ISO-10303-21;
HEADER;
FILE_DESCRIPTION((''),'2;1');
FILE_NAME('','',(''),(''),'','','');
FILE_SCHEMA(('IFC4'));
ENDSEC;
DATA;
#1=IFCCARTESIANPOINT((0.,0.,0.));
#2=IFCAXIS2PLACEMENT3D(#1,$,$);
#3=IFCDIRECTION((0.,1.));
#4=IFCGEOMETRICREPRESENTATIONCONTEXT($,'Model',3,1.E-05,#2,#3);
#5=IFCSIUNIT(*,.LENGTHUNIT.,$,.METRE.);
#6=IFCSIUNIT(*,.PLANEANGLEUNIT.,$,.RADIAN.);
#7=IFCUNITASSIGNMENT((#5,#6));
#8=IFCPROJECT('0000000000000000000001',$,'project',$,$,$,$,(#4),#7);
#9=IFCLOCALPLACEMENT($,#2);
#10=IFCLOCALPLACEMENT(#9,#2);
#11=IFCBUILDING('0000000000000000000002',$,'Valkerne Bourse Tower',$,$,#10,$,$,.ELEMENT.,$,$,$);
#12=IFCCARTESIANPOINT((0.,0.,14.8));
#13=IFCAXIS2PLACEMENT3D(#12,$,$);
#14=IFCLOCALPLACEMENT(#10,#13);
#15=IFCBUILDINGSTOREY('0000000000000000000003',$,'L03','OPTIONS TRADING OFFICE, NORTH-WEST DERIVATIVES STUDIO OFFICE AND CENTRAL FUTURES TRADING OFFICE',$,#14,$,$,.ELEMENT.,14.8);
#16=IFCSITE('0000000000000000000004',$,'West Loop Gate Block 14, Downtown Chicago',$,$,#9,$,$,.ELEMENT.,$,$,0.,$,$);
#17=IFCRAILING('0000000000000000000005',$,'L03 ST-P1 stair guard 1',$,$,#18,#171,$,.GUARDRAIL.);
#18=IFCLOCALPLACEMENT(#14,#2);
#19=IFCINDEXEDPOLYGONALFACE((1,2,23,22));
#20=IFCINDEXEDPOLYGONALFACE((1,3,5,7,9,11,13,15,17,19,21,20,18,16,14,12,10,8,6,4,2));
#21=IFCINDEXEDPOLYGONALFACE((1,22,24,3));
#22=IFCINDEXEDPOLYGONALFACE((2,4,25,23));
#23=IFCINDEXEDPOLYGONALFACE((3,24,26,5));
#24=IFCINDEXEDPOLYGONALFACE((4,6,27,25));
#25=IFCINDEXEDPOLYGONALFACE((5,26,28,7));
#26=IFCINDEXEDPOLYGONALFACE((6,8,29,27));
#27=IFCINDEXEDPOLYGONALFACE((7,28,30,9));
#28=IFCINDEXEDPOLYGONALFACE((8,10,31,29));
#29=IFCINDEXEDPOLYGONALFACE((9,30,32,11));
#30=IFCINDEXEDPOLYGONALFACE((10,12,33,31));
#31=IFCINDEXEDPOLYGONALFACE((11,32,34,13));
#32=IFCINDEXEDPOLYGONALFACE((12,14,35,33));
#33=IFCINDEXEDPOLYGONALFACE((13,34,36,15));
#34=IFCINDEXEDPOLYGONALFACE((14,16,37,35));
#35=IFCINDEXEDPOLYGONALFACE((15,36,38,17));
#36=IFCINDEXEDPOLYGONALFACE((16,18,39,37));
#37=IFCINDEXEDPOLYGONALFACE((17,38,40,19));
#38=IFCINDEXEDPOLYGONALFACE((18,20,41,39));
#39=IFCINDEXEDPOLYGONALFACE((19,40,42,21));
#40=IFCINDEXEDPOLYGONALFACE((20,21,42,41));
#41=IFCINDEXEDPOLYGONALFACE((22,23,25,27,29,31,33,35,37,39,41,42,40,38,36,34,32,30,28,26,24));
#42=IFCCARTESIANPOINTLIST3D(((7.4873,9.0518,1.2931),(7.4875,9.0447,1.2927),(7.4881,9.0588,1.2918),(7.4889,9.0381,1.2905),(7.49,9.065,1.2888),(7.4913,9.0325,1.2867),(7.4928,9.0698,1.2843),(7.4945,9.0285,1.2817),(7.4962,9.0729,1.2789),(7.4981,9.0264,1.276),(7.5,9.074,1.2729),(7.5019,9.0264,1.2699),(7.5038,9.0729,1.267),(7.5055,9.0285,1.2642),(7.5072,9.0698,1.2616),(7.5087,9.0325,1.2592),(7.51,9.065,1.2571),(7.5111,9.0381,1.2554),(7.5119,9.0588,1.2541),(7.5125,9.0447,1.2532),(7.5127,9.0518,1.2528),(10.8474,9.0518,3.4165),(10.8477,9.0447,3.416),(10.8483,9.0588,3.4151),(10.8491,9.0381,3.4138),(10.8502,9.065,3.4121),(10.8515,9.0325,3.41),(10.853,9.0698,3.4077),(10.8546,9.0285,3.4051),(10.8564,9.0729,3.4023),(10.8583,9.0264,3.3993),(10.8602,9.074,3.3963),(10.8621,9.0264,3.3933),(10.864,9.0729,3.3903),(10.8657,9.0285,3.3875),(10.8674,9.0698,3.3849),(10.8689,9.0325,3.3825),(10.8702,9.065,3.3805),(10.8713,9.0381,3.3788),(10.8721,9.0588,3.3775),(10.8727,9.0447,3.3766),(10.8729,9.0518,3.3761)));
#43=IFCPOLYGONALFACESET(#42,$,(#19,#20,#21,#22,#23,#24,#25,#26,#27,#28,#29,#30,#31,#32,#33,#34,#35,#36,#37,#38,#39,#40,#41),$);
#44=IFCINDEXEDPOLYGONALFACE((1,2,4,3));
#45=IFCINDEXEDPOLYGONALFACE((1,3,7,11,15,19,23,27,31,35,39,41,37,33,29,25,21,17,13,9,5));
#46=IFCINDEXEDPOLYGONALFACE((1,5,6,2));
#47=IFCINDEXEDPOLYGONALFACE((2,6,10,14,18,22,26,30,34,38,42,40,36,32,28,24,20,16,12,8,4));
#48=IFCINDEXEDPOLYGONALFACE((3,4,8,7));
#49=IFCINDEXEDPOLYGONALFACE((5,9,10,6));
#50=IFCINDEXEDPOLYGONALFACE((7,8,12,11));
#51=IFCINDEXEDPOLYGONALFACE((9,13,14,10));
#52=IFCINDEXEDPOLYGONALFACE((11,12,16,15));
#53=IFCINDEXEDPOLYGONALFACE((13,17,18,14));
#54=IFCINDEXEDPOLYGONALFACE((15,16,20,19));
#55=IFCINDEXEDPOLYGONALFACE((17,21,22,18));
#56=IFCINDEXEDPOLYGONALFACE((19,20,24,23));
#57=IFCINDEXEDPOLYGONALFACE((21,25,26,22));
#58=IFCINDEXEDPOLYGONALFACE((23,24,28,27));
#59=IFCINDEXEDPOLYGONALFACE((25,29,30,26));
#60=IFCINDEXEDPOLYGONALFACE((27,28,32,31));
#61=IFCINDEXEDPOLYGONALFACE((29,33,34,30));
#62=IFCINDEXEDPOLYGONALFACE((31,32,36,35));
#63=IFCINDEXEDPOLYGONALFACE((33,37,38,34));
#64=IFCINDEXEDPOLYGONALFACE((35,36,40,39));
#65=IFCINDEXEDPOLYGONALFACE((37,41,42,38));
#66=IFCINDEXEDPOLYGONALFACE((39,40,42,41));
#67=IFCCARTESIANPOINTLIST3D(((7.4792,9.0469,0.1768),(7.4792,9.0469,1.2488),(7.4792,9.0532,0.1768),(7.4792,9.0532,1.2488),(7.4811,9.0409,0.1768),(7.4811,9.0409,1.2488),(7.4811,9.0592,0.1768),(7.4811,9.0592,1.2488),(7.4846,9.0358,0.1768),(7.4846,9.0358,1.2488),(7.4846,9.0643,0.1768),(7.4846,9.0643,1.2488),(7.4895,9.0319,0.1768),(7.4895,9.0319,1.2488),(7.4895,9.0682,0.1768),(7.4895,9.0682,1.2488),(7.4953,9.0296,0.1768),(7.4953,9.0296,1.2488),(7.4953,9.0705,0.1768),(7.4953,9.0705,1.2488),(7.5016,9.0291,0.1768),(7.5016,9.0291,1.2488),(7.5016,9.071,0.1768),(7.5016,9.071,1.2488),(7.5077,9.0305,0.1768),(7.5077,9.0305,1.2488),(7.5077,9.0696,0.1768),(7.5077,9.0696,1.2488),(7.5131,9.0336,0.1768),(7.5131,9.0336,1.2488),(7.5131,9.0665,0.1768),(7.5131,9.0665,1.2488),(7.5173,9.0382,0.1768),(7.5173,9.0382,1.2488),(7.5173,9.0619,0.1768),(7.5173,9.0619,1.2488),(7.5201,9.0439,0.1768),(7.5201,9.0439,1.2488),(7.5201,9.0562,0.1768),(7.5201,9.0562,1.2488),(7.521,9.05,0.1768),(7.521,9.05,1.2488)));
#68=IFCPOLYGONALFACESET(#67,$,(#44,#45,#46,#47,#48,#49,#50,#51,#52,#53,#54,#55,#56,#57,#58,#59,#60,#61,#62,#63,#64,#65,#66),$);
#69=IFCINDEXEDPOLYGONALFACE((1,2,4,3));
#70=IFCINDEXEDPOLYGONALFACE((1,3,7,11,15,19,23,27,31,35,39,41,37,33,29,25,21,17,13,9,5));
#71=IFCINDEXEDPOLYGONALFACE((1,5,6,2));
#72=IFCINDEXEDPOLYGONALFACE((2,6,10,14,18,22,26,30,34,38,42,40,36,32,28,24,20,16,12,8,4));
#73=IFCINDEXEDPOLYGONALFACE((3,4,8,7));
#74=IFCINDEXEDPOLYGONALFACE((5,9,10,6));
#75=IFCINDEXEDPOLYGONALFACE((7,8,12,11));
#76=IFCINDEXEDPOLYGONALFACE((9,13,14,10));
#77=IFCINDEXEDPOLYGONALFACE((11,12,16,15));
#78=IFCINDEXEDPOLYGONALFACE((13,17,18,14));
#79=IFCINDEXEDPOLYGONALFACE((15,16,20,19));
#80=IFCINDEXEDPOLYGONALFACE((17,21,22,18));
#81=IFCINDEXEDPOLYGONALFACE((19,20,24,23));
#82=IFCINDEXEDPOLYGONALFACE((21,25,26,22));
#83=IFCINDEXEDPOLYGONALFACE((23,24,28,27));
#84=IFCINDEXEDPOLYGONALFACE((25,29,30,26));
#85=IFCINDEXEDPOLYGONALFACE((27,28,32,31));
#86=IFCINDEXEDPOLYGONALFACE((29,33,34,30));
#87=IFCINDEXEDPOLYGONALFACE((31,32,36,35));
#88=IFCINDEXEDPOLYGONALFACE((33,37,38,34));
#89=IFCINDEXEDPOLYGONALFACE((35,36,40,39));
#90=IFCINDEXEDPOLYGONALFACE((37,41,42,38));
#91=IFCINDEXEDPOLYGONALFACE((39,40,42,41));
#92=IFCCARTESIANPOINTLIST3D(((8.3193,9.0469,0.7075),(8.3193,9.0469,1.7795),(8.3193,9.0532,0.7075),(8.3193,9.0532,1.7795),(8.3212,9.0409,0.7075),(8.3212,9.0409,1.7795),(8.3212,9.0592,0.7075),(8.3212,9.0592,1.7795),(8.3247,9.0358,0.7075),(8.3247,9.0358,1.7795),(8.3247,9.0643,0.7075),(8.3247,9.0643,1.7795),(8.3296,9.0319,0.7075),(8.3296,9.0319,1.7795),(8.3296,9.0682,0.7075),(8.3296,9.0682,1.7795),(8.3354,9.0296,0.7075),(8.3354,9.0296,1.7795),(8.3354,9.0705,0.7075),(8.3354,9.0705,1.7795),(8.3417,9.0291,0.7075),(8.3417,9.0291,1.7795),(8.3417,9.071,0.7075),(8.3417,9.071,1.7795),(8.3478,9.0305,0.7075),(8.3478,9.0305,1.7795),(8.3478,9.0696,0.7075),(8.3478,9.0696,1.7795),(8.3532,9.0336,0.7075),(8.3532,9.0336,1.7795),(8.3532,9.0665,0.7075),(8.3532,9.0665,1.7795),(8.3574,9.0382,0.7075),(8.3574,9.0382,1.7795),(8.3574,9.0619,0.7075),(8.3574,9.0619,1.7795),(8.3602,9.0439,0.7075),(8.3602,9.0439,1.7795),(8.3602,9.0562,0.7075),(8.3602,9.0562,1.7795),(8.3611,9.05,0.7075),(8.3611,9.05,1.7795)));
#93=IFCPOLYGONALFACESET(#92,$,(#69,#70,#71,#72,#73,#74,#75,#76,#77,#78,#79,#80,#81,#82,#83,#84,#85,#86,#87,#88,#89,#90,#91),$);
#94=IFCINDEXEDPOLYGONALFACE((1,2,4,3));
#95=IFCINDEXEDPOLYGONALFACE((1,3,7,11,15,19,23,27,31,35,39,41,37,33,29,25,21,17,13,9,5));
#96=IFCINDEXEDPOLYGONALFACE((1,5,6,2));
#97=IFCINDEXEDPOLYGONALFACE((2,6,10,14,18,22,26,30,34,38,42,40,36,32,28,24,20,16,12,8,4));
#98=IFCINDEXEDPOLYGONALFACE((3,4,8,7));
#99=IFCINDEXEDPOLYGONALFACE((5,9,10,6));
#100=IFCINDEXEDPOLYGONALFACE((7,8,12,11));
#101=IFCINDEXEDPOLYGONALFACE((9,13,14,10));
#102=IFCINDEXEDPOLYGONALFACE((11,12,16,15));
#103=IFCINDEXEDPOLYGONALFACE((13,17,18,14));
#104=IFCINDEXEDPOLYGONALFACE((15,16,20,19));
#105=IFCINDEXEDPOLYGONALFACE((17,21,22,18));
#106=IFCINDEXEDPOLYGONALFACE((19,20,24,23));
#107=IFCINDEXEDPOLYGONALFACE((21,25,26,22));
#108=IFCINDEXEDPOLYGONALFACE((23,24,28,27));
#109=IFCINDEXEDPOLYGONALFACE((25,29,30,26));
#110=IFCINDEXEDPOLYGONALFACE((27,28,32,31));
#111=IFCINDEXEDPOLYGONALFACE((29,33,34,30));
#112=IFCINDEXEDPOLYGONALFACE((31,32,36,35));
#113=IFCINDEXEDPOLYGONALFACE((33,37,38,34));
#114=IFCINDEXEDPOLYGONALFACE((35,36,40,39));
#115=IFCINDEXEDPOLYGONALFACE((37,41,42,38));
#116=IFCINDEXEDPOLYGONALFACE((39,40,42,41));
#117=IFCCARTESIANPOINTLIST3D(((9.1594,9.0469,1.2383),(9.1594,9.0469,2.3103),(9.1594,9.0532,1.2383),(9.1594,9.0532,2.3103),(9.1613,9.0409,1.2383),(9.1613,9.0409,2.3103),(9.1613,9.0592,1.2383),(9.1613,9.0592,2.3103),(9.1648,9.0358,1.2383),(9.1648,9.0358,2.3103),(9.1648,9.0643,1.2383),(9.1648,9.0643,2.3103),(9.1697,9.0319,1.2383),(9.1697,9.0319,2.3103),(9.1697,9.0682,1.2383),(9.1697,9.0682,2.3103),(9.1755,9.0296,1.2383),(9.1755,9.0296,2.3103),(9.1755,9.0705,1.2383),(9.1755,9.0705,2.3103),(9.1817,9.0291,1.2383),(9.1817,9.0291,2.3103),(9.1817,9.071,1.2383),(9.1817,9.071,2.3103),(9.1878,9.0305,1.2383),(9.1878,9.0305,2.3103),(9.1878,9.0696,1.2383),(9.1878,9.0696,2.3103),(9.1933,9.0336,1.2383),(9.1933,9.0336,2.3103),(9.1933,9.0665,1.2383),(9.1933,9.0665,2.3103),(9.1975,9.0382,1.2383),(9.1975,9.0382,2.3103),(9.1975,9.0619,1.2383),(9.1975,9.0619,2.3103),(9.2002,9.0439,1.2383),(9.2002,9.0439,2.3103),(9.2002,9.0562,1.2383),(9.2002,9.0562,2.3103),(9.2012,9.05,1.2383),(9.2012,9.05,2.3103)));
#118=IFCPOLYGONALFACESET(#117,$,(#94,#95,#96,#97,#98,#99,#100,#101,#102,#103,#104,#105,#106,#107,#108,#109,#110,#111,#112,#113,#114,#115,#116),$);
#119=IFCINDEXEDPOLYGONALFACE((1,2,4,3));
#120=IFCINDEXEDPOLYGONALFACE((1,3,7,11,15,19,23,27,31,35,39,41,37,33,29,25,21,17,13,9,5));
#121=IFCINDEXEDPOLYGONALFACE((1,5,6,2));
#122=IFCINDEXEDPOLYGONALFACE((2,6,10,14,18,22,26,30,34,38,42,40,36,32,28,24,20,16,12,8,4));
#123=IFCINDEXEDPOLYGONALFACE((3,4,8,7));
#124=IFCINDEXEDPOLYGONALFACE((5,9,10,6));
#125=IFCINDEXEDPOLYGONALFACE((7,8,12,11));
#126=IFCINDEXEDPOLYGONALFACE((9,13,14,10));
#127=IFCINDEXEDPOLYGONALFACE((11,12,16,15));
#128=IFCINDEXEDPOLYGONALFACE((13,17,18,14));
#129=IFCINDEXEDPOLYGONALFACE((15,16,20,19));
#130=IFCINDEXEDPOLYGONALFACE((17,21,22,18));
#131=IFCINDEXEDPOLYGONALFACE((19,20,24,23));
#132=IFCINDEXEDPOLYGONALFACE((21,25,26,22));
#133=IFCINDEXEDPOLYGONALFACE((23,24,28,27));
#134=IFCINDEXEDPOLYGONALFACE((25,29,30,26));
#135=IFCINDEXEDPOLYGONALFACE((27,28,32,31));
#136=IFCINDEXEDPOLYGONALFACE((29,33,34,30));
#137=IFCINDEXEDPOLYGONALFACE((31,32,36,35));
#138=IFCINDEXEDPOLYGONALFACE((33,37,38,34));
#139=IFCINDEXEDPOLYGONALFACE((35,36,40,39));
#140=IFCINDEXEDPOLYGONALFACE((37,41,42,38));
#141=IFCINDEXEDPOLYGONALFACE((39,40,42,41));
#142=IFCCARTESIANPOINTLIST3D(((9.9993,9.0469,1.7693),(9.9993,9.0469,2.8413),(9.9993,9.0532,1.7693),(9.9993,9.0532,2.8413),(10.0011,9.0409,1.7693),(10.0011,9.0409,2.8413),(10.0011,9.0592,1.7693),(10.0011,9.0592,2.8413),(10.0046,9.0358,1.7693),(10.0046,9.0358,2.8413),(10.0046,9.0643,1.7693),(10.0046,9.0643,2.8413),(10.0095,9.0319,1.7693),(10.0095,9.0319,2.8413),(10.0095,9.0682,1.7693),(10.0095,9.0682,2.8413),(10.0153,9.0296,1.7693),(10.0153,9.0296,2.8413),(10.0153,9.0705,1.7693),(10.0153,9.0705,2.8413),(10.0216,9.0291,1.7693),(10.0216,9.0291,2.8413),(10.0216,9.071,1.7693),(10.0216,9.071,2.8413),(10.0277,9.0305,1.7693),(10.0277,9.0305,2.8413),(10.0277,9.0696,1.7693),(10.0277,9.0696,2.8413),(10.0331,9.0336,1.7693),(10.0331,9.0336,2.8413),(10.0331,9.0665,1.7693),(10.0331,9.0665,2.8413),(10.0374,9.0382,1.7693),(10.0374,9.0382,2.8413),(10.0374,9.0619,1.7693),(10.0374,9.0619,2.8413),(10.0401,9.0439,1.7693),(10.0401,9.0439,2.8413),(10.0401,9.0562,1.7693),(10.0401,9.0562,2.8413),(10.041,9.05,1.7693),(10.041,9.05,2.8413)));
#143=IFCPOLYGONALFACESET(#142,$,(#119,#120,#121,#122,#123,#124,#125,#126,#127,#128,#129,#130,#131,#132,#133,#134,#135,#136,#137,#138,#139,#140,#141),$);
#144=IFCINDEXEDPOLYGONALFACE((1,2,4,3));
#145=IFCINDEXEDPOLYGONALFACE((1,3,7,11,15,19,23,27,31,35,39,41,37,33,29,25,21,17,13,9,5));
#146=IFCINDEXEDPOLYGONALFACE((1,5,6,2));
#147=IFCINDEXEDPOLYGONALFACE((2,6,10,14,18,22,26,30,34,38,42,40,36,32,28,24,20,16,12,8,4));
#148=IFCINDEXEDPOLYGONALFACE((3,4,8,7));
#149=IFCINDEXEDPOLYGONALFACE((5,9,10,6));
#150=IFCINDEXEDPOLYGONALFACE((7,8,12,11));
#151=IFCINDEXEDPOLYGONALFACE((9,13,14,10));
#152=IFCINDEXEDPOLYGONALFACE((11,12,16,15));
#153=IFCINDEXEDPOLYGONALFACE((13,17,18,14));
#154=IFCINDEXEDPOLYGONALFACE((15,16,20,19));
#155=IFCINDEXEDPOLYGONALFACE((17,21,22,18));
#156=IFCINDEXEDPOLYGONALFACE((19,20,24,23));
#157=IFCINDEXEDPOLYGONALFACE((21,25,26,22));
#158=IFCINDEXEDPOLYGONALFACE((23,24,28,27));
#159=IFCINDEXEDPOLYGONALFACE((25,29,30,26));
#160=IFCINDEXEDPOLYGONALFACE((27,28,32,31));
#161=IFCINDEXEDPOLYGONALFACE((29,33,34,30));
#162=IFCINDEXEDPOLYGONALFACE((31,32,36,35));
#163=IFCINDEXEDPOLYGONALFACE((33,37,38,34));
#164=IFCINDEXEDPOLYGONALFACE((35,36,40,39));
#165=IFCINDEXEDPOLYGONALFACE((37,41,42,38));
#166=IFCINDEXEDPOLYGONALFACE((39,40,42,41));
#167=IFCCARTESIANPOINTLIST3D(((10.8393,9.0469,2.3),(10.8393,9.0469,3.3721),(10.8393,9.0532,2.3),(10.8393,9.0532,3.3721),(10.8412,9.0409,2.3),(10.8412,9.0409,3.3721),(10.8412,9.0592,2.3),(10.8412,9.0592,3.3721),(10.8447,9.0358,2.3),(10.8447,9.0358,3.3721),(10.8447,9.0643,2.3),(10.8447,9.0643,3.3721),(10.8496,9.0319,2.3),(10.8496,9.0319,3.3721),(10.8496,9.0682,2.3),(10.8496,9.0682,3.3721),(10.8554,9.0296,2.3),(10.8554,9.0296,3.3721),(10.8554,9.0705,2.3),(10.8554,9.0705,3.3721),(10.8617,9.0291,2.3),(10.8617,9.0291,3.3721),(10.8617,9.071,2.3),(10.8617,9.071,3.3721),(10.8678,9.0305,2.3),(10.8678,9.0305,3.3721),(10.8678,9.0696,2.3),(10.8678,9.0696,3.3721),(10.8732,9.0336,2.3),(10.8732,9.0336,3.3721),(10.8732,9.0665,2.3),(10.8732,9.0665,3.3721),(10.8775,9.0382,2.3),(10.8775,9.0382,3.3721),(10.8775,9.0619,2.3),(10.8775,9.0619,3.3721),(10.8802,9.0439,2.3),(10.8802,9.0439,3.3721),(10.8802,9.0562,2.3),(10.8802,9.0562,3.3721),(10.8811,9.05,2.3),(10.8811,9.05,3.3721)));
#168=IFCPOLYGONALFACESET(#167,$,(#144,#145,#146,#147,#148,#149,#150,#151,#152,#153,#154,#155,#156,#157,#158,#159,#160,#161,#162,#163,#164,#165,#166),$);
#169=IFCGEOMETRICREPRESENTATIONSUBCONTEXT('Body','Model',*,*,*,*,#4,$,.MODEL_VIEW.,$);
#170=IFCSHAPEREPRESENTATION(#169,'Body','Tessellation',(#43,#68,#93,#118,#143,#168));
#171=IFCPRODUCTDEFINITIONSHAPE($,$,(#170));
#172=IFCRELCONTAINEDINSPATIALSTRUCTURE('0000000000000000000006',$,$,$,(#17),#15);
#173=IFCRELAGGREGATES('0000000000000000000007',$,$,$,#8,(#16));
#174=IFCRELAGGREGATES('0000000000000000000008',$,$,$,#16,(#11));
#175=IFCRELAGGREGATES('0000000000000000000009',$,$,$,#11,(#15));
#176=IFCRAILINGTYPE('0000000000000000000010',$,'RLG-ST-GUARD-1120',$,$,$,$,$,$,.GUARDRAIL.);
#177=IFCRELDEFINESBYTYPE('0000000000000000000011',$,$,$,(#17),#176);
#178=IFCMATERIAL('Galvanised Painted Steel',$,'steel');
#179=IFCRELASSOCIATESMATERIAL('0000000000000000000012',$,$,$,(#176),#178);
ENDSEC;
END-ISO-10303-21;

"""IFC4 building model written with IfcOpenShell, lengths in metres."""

from ifc_helpers import new_model, si_unit, direction, frame, origin, origin_2d, place, context, subcontext, project, spatial, circle, extrude, material, type_object, element, save


model = new_model("IFC4")

# Units and contexts
model_context = context("Model", 3, precision=1e-05, world=origin(), true_north=direction((0.0, 1.0)))
body_context = subcontext(model_context, "Body", "Model", "MODEL_VIEW")
ifc_project = project(units=[si_unit("LENGTHUNIT", "METRE"), si_unit("PLANEANGLEUNIT", "RADIAN")], contexts=[model_context])

# Site, building, storey
site_placement = place(None, origin())
site = spatial("IfcSite", under=ifc_project, at=site_placement, Name="West Loop Gate Block 14, Downtown Chicago", CompositionType="ELEMENT", RefElevation=0.0)
building_placement = place(site_placement, origin())
building = spatial("IfcBuilding", under=site, at=building_placement, Name="Valkerne Bourse Tower", CompositionType="ELEMENT")
storey_placement = place(building_placement, frame((0.0, 0.0, 14.8)))
storey = spatial("IfcBuildingStorey", under=building, at=storey_placement, Name="L03", Description="OPTIONS TRADING OFFICE, NORTH-WEST DERIVATIVES STUDIO OFFICE AND CENTRAL FUTURES TRADING OFFICE", CompositionType="ELEMENT", Elevation=14.8)

# Railing
ifc_material_1 = material(Name="Galvanised Painted Steel", Category="steel")
railing_type_1 = type_object("IfcRailingType", Name="RLG-ST-GUARD-1120", PredefinedType="GUARDRAIL", material=ifc_material_1)
railing_1_placement = place(storey_placement, frame((7.5, 9.05, 0.1768)))
element("IfcRailing", 1, at=railing_1_placement, inside=storey, type_object=railing_type_1, Name="L03 ST-P1 stair guard 1", PredefinedType="GUARDRAIL", context=body_context, shape_type="SweptSolid", body=[
    extrude(circle(Radius=0.0239, at=origin_2d()), frame((0.0, 0.0, 1.0962), z_axis=(0.845362, 0.0, 0.534194), x_axis=(0.0, 1.0, 0.0)), (0.0, 0.0, 1.0), 3.9749),
    extrude(circle(Radius=0.021, at=origin_2d()), origin(), (0.0, 0.0, 1.0), 1.072),
    extrude(circle(Radius=0.021, at=origin_2d()), frame((0.8401, 0.0, 0.5308)), (0.0, 0.0, 1.0), 1.072),
    extrude(circle(Radius=0.021, at=origin_2d()), frame((1.6802, 0.0, 1.0615)), (0.0, 0.0, 1.0), 1.072),
    extrude(circle(Radius=0.021, at=origin_2d()), frame((2.52, 0.0, 1.5925)), (0.0, 0.0, 1.0), 1.072),
    extrude(circle(Radius=0.021, at=origin_2d()), frame((3.3601, 0.0, 2.1233)), (0.0, 0.0, 1.0), 1.072),
])

save(model, "model.ifc")
